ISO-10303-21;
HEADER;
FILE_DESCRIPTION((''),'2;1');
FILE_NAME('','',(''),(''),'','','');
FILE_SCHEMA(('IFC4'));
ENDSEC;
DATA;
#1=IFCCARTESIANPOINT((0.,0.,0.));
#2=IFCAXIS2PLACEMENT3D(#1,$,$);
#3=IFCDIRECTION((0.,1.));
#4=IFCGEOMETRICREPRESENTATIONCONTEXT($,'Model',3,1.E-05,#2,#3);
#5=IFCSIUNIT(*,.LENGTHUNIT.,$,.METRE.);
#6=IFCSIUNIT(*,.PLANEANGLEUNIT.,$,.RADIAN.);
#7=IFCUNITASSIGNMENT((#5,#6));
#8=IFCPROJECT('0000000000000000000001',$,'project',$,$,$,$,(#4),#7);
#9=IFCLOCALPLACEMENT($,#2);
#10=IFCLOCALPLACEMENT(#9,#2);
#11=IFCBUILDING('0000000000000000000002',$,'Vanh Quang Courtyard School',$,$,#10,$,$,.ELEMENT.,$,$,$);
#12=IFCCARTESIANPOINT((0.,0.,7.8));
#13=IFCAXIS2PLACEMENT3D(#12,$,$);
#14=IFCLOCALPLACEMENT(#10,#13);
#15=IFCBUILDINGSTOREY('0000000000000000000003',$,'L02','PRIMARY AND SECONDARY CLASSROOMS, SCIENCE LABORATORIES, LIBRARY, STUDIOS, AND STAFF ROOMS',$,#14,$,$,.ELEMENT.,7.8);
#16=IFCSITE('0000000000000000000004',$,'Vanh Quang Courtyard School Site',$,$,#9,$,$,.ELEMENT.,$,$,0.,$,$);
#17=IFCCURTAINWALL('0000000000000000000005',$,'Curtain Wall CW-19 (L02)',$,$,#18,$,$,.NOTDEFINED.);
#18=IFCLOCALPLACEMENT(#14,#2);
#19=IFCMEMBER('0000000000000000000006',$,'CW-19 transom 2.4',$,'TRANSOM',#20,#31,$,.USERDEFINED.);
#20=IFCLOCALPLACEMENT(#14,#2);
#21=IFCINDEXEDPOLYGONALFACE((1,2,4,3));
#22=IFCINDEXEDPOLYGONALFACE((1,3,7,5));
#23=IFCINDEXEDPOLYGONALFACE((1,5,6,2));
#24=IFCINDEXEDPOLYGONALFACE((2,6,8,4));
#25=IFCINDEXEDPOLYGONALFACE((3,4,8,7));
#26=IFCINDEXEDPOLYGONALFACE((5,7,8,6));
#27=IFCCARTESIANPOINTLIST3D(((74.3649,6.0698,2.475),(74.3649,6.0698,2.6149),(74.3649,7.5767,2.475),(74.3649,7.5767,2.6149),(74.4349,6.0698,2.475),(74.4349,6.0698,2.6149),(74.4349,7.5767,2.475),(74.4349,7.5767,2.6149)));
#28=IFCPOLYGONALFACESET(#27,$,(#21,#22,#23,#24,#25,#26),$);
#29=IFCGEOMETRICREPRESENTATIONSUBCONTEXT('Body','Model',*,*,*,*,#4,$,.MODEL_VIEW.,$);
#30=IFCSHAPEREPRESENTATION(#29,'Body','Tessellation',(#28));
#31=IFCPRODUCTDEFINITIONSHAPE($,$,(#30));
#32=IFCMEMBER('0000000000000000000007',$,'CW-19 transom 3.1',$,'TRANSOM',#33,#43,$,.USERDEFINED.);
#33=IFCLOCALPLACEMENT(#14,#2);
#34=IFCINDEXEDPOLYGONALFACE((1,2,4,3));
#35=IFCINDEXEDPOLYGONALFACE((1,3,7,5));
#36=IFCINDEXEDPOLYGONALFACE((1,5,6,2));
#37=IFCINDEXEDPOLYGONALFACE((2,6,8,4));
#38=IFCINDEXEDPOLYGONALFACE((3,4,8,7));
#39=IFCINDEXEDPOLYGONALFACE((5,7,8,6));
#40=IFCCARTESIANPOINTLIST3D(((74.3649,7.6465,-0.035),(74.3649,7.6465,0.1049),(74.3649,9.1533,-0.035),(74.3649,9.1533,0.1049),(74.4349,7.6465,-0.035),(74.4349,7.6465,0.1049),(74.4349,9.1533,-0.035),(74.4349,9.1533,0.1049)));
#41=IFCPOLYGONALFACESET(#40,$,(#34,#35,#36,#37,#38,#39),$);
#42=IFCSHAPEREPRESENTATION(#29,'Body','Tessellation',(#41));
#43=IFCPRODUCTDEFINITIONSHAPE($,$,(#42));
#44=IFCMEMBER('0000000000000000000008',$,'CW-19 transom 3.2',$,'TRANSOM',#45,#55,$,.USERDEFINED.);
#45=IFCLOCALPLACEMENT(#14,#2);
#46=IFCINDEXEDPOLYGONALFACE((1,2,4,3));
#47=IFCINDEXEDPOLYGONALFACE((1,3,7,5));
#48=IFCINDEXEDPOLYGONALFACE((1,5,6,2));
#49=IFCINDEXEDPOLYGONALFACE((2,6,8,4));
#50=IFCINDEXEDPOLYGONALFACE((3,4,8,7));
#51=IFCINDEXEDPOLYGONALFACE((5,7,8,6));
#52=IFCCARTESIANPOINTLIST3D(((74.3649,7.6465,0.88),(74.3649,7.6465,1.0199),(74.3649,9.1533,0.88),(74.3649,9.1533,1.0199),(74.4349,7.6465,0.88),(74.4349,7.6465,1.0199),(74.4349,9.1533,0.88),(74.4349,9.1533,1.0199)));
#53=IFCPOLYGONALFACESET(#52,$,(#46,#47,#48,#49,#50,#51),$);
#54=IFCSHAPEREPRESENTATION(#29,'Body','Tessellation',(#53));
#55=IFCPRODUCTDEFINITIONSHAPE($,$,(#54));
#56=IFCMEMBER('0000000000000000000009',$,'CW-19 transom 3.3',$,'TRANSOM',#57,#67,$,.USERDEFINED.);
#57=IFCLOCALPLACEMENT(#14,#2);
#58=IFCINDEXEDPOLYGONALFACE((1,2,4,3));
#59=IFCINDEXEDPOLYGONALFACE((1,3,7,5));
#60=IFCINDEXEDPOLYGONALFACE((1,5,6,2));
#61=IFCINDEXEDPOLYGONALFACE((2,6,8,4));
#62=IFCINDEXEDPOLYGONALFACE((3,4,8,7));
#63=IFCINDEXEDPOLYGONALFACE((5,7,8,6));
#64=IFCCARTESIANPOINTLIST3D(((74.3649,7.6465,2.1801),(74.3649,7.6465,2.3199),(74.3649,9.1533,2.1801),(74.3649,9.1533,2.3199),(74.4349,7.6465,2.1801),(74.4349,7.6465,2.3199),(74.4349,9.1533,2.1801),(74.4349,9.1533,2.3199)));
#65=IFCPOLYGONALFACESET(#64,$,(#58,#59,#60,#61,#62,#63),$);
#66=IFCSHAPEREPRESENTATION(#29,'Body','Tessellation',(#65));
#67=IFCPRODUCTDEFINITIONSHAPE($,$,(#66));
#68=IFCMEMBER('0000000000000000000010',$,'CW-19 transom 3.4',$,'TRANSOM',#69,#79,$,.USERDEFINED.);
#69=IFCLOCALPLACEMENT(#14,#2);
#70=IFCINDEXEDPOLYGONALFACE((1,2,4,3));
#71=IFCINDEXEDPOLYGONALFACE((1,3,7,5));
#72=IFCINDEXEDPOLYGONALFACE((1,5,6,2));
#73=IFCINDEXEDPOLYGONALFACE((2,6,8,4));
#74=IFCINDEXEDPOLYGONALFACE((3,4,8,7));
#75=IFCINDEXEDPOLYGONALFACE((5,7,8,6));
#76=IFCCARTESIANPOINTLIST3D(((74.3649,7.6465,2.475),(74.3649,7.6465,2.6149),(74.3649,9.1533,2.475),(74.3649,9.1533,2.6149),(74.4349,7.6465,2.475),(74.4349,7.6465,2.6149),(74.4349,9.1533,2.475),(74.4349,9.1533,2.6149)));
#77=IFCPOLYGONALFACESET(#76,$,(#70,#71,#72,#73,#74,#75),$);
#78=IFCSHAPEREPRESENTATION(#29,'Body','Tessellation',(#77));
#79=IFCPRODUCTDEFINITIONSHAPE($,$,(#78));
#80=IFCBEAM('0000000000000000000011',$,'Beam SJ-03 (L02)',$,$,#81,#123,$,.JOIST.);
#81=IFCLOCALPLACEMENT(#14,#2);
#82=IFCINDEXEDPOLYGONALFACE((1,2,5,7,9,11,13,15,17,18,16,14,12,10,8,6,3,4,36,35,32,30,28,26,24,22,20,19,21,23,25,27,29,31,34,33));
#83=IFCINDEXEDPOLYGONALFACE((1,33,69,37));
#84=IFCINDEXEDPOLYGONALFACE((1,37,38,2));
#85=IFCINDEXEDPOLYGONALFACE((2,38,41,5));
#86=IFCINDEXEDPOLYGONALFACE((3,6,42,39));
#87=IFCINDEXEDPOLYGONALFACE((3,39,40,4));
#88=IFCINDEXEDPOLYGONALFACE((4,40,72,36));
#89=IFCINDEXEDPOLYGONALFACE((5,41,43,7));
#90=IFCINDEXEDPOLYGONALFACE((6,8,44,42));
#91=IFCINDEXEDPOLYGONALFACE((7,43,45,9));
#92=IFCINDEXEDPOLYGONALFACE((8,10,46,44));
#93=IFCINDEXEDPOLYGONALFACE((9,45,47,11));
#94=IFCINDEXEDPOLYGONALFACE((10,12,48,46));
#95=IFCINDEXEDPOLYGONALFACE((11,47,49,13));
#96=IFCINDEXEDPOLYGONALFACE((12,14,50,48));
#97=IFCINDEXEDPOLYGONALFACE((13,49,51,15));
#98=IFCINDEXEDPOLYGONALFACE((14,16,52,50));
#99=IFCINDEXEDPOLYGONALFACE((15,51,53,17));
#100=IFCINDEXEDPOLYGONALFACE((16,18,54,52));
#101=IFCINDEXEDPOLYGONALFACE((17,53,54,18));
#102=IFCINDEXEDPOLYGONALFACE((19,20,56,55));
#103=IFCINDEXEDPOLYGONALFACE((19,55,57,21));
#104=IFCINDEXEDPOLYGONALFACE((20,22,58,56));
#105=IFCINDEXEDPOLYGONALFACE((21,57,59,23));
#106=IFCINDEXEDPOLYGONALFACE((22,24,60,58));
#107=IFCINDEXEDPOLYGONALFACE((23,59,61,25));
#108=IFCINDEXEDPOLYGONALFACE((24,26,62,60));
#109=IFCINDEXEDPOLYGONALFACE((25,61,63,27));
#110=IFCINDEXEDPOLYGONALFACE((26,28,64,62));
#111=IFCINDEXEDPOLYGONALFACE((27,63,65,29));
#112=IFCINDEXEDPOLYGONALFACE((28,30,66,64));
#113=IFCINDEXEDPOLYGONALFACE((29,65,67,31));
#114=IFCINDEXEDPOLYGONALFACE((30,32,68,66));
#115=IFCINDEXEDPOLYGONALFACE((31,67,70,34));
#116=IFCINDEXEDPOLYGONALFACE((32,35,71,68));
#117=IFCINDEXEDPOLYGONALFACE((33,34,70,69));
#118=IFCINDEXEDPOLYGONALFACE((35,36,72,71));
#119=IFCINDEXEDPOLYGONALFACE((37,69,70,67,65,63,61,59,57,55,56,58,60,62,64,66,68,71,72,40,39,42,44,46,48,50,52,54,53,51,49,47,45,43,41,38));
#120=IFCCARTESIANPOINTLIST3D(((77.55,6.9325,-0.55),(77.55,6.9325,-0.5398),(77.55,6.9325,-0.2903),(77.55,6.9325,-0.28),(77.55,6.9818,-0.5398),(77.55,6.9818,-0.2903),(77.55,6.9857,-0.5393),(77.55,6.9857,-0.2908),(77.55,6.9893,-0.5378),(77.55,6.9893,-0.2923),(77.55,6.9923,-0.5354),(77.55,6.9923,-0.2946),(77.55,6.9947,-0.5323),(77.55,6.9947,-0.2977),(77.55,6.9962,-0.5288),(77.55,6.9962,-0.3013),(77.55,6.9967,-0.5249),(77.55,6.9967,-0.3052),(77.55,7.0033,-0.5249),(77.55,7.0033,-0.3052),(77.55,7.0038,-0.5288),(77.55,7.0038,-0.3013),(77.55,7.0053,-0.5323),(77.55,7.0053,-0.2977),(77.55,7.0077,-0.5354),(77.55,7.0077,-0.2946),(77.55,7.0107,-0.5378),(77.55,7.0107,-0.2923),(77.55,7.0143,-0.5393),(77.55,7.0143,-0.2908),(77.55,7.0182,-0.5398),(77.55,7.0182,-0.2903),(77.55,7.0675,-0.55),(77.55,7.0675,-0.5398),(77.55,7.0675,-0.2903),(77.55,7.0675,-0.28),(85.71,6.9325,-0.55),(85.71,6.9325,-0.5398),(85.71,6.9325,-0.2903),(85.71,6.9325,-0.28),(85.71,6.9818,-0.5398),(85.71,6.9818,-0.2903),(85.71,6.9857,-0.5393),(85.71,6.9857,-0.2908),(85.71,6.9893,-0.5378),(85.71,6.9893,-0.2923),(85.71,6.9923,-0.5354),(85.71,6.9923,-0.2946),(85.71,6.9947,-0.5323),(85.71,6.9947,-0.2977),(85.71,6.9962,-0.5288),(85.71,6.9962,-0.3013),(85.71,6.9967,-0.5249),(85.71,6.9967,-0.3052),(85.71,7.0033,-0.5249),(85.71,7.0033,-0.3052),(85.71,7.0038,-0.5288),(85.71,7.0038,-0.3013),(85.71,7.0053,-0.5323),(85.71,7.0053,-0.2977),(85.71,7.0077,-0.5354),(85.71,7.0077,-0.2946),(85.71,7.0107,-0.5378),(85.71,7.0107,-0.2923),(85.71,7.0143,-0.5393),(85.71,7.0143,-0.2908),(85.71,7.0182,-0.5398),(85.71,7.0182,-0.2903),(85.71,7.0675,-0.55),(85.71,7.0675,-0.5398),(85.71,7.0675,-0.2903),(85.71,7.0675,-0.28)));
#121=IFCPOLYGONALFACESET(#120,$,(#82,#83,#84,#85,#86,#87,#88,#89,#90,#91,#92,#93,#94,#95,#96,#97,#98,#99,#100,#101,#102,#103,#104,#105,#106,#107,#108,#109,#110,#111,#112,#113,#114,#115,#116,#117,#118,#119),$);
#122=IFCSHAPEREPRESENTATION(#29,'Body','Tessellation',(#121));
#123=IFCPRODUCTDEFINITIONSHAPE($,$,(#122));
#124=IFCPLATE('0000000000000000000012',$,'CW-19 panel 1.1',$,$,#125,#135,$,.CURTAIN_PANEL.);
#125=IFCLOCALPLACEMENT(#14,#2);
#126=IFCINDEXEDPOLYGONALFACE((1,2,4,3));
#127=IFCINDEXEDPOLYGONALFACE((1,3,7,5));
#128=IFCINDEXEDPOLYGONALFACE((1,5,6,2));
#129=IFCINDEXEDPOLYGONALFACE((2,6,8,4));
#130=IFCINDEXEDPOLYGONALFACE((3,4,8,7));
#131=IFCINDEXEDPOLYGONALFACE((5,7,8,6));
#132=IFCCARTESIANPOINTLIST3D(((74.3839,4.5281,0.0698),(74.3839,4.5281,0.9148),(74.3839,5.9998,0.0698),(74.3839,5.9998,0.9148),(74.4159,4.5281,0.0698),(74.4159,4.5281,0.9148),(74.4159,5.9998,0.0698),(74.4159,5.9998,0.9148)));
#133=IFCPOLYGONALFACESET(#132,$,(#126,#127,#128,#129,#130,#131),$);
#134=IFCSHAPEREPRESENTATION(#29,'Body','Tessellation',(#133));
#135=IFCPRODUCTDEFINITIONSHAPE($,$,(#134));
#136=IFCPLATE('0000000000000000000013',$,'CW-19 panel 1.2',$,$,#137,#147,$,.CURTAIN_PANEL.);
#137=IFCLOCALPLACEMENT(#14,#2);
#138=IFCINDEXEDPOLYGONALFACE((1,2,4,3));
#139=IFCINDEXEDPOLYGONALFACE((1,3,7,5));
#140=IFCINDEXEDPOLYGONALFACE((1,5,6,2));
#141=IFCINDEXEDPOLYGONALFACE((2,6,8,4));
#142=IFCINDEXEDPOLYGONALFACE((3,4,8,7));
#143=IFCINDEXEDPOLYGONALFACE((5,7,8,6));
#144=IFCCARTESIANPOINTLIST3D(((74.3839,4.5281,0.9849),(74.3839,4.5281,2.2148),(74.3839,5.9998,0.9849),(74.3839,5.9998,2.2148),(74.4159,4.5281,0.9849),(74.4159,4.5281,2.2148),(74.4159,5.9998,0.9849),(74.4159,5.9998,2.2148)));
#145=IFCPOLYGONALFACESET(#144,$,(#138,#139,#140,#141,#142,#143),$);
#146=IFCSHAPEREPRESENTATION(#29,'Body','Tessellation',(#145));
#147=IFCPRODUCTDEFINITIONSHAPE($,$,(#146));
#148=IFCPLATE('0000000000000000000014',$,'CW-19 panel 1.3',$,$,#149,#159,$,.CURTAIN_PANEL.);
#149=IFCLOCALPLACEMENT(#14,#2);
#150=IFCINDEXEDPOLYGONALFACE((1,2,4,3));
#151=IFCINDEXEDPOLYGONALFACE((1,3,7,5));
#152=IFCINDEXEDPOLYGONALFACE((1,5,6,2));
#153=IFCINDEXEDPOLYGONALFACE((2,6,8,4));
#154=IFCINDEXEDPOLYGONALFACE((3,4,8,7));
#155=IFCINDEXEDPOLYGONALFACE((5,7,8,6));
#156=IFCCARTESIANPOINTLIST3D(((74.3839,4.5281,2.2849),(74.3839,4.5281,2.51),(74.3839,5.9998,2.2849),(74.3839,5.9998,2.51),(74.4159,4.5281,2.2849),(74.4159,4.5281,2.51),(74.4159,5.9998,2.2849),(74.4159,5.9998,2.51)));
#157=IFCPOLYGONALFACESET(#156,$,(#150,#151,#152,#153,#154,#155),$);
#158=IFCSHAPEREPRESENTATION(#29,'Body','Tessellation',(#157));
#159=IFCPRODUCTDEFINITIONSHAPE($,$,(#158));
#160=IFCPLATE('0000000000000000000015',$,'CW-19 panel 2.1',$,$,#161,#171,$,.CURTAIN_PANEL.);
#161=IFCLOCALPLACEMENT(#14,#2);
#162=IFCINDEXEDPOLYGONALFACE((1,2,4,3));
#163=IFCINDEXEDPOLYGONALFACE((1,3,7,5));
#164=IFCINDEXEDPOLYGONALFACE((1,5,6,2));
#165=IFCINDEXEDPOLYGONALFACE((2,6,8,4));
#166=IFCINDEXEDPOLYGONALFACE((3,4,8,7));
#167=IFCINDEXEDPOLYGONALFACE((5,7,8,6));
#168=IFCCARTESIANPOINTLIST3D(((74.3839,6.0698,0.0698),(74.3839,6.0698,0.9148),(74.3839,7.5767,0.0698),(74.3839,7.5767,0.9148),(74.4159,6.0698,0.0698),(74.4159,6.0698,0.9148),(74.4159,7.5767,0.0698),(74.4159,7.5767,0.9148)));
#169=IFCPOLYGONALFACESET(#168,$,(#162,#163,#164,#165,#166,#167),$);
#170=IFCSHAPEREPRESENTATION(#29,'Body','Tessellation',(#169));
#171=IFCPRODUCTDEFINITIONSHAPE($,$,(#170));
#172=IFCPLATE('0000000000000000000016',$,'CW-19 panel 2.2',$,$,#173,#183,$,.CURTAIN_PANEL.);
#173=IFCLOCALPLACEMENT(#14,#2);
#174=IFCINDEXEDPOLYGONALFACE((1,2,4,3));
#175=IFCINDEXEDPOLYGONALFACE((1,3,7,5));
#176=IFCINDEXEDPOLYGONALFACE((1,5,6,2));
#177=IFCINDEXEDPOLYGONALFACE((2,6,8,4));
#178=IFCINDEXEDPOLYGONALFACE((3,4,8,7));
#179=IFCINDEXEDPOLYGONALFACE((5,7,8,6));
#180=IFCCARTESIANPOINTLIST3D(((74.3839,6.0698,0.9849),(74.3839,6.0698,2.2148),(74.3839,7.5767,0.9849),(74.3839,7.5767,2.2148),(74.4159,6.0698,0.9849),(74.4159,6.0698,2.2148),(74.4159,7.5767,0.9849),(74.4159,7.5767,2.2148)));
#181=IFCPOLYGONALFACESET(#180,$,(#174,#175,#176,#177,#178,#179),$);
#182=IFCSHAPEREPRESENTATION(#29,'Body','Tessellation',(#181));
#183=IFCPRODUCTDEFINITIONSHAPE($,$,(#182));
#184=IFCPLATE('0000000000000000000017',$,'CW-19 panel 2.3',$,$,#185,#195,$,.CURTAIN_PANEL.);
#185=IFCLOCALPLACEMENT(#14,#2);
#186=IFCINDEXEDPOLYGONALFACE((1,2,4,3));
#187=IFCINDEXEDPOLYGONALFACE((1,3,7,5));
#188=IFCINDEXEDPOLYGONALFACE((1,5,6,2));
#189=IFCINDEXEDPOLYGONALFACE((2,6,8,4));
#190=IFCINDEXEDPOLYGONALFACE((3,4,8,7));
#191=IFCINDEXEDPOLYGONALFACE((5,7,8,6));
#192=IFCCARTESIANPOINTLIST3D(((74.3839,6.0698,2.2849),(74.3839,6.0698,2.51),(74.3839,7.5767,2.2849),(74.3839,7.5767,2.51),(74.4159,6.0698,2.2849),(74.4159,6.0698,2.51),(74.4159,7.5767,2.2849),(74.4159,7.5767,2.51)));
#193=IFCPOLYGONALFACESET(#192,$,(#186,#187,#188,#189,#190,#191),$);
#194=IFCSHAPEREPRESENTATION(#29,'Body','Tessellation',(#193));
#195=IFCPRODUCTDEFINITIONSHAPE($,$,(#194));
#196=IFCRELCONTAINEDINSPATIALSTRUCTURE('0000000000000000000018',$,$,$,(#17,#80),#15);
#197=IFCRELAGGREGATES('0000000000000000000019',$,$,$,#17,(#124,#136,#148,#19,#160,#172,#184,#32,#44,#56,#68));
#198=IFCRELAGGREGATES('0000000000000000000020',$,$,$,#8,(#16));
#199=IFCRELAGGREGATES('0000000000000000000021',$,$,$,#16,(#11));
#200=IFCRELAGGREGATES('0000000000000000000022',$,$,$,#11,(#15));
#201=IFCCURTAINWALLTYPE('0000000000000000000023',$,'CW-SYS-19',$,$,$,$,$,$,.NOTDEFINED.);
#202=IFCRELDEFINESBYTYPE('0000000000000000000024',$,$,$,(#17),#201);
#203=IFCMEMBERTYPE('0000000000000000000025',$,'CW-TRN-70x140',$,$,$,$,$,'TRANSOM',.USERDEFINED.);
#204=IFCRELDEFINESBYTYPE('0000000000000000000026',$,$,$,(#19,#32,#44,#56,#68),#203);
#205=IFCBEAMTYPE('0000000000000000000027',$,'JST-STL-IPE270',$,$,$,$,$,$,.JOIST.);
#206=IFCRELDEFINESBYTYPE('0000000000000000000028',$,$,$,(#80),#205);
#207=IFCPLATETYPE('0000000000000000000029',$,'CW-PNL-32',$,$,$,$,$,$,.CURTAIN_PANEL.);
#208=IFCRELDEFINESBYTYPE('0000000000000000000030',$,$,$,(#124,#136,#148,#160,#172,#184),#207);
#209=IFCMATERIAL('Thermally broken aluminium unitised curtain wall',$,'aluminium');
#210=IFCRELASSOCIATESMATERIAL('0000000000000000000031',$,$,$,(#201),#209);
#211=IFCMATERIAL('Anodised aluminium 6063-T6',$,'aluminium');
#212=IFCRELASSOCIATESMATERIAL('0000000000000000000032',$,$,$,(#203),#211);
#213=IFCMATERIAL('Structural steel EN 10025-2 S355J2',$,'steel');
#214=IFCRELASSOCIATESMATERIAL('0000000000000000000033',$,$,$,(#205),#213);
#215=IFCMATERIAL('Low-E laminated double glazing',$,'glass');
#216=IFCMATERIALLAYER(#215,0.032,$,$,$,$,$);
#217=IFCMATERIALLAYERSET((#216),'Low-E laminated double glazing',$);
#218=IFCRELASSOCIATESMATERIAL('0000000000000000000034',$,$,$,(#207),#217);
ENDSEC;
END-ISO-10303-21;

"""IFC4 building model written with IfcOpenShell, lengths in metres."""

from ifc_helpers import new_model, si_unit, direction, frame, origin, origin_2d, place, context, subcontext, project, spatial, rectangle, i_section, extrude, material, layer, layer_set, material_profile, profile_set, type_object, element, aggregate, save


model = new_model("IFC4")

# Units and contexts
model_context = context("Model", 3, precision=1e-05, world=origin(), true_north=direction((0.0, 1.0)))
body_context = subcontext(model_context, "Body", "Model", "MODEL_VIEW")
ifc_project = project(units=[si_unit("LENGTHUNIT", "METRE"), si_unit("PLANEANGLEUNIT", "RADIAN")], contexts=[model_context])

# Site, building, storey
site_placement = place(None, origin())
site = spatial("IfcSite", under=ifc_project, at=site_placement, Name="Vanh Quang Courtyard School Site", CompositionType="ELEMENT", RefElevation=0.0)
building_placement = place(site_placement, origin())
building = spatial("IfcBuilding", under=site, at=building_placement, Name="Vanh Quang Courtyard School", CompositionType="ELEMENT")
storey_placement = place(building_placement, frame((0.0, 0.0, 7.8)))
storey = spatial("IfcBuildingStorey", under=building, at=storey_placement, Name="L02", Description="PRIMARY AND SECONDARY CLASSROOMS, SCIENCE LABORATORIES, LIBRARY, STUDIOS, AND STAFF ROOMS", CompositionType="ELEMENT", Elevation=7.8)

# Shared definitions
ifc_material_1 = material(Name="Thermally broken aluminium unitised curtain wall", Category="aluminium")
curtain_wall_type = type_object("IfcCurtainWallType", Name="CW-SYS-19", PredefinedType="NOTDEFINED", material=ifc_material_1)
ifc_material_2 = material(Name="Anodised aluminium 6063-T6", Category="aluminium")

# Curtain wall
curtain_wall_1_placement = place(storey_placement, origin())
curtain_wall_1 = element("IfcCurtainWall", 1, at=curtain_wall_1_placement, inside=storey, type_object=curtain_wall_type, Name="Curtain Wall CW-19 (L02)", PredefinedType="NOTDEFINED")

# Members
ifc_material_profile_1 = material_profile(ifc_material_2, rectangle(XDim=0.0701, YDim=0.1399, at=origin_2d()), Name="ALU-TRN 70x140")
ifc_profile_set_1 = profile_set([ifc_material_profile_1], Name="Anodised aluminium 6063-T6")
member_type_1 = type_object("IfcMemberType", Name="CW-TRN-70x140", ElementType="TRANSOM", PredefinedType="USERDEFINED", material=ifc_profile_set_1)
member_1_placement = place(storey_placement, frame((74.3999, 6.0698, 2.5449), z_axis=(0.0, 1.0, 0.0), x_axis=(-1.0, 0.0, 0.0)))
member_1 = element("IfcMember", 2, at=member_1_placement, type_object=member_type_1, Name="CW-19 transom 2.4", ObjectType="TRANSOM", PredefinedType="USERDEFINED", context=body_context, shape_type="SweptSolid", body=[
    extrude(rectangle(XDim=0.0701, YDim=0.1399, at=origin_2d()), origin(), (0.0, 0.0, 1.0), 1.5068),
])
member_2_placement = place(storey_placement, frame((74.3999, 7.6465, 0.0349), z_axis=(0.0, 1.0, 0.0), x_axis=(-1.0, 0.0, 0.0)))
member_2 = element("IfcMember", 3, at=member_2_placement, type_object=member_type_1, Name="CW-19 transom 3.1", ObjectType="TRANSOM", PredefinedType="USERDEFINED", context=body_context, shape_type="SweptSolid", body=[
    extrude(rectangle(XDim=0.0701, YDim=0.1399, at=origin_2d()), origin(), (0.0, 0.0, 1.0), 1.5068),
])
member_3_placement = place(storey_placement, frame((74.3999, 7.6465, 0.95), z_axis=(0.0, 1.0, 0.0), x_axis=(-1.0, 0.0, 0.0)))
member_3 = element("IfcMember", 4, at=member_3_placement, type_object=member_type_1, Name="CW-19 transom 3.2", ObjectType="TRANSOM", PredefinedType="USERDEFINED", context=body_context, shape_type="SweptSolid", body=[
    extrude(rectangle(XDim=0.0701, YDim=0.1399, at=origin_2d()), origin(), (0.0, 0.0, 1.0), 1.5068),
])
member_4_placement = place(storey_placement, frame((74.3999, 7.6465, 2.25), z_axis=(0.0, 1.0, 0.0), x_axis=(-1.0, 0.0, 0.0)))
member_4 = element("IfcMember", 5, at=member_4_placement, type_object=member_type_1, Name="CW-19 transom 3.3", ObjectType="TRANSOM", PredefinedType="USERDEFINED", context=body_context, shape_type="SweptSolid", body=[
    extrude(rectangle(XDim=0.0701, YDim=0.1399, at=origin_2d()), origin(), (0.0, 0.0, 1.0), 1.5068),
])
member_5_placement = place(storey_placement, frame((74.3999, 7.6465, 2.5449), z_axis=(0.0, 1.0, 0.0), x_axis=(-1.0, 0.0, 0.0)))
member_5 = element("IfcMember", 6, at=member_5_placement, type_object=member_type_1, Name="CW-19 transom 3.4", ObjectType="TRANSOM", PredefinedType="USERDEFINED", context=body_context, shape_type="SweptSolid", body=[
    extrude(rectangle(XDim=0.0701, YDim=0.1399, at=origin_2d()), origin(), (0.0, 0.0, 1.0), 1.5068),
])

# Beam
ifc_material_3 = material(Name="Structural steel EN 10025-2 S355J2", Category="steel")
ifc_material_profile_2 = material_profile(ifc_material_3, i_section(OverallWidth=0.135, OverallDepth=0.27, WebThickness=0.0066, FlangeThickness=0.0103, FilletRadius=0.0149, at=origin_2d()), Name="IPE 270")
ifc_profile_set_2 = profile_set([ifc_material_profile_2], Name="Structural steel EN 10025-2 S355J2")
beam_type = type_object("IfcBeamType", Name="JST-STL-IPE270", PredefinedType="JOIST", material=ifc_profile_set_2)
beam_placement = place(storey_placement, frame((77.55, 7.0, -0.415), z_axis=(1.0, 0.0, 0.0), x_axis=(0.0, 1.0, 0.0)))
element("IfcBeam", 7, at=beam_placement, inside=storey, type_object=beam_type, Name="Beam SJ-03 (L02)", PredefinedType="JOIST", context=body_context, shape_type="SweptSolid", body=[
    extrude(i_section(OverallWidth=0.135, OverallDepth=0.27, WebThickness=0.0066, FlangeThickness=0.0103, FilletRadius=0.0149, at=origin_2d()), origin(), (0.0, 0.0, 1.0), 8.1599),
])

# Plates
ifc_material_4 = material(Name="Low-E laminated double glazing", Category="glass")
ifc_layer = layer(ifc_material_4, 0.032)
ifc_layer_set = layer_set([ifc_layer], Name="Low-E laminated double glazing")
plate_type = type_object("IfcPlateType", Name="CW-PNL-32", PredefinedType="CURTAIN_PANEL", material=ifc_layer_set)
plate_1_placement = place(storey_placement, frame((74.3999, 5.2639, 0.0698), z_axis=(0.0, 0.0, 1.0), x_axis=(0.0, 1.0, 0.0)))
plate_1 = element("IfcPlate", 8, at=plate_1_placement, type_object=plate_type, Name="CW-19 panel 1.1", PredefinedType="CURTAIN_PANEL", context=body_context, shape_type="SweptSolid", body=[
    extrude(rectangle(XDim=1.4717, YDim=0.032, at=origin_2d()), origin(), (0.0, 0.0, 1.0), 0.845),
])
plate_2_placement = place(storey_placement, frame((74.3999, 5.2639, 0.9849), z_axis=(0.0, 0.0, 1.0), x_axis=(0.0, 1.0, 0.0)))
plate_2 = element("IfcPlate", 9, at=plate_2_placement, type_object=plate_type, Name="CW-19 panel 1.2", PredefinedType="CURTAIN_PANEL", context=body_context, shape_type="SweptSolid", body=[
    extrude(rectangle(XDim=1.4717, YDim=0.032, at=origin_2d()), origin(), (0.0, 0.0, 1.0), 1.23),
])
plate_3_placement = place(storey_placement, frame((74.3999, 5.2639, 2.2849), z_axis=(0.0, 0.0, 1.0), x_axis=(0.0, 1.0, 0.0)))
plate_3 = element("IfcPlate", 10, at=plate_3_placement, type_object=plate_type, Name="CW-19 panel 1.3", PredefinedType="CURTAIN_PANEL", context=body_context, shape_type="SweptSolid", body=[
    extrude(rectangle(XDim=1.4717, YDim=0.032, at=origin_2d()), origin(), (0.0, 0.0, 1.0), 0.2251),
])
plate_4_placement = place(storey_placement, frame((74.3999, 6.8232, 0.0698), z_axis=(0.0, 0.0, 1.0), x_axis=(0.0, 1.0, 0.0)))
plate_4 = element("IfcPlate", 11, at=plate_4_placement, type_object=plate_type, Name="CW-19 panel 2.1", PredefinedType="CURTAIN_PANEL", context=body_context, shape_type="SweptSolid", body=[
    extrude(rectangle(XDim=1.5068, YDim=0.032, at=origin_2d()), origin(), (0.0, 0.0, 1.0), 0.845),
])
plate_5_placement = place(storey_placement, frame((74.3999, 6.8232, 0.9849), z_axis=(0.0, 0.0, 1.0), x_axis=(0.0, 1.0, 0.0)))
plate_5 = element("IfcPlate", 12, at=plate_5_placement, type_object=plate_type, Name="CW-19 panel 2.2", PredefinedType="CURTAIN_PANEL", context=body_context, shape_type="SweptSolid", body=[
    extrude(rectangle(XDim=1.5068, YDim=0.032, at=origin_2d()), origin(), (0.0, 0.0, 1.0), 1.23),
])
plate_6_placement = place(storey_placement, frame((74.3999, 6.8232, 2.2849), z_axis=(0.0, 0.0, 1.0), x_axis=(0.0, 1.0, 0.0)))
plate_6 = element("IfcPlate", 13, at=plate_6_placement, type_object=plate_type, Name="CW-19 panel 2.3", PredefinedType="CURTAIN_PANEL", context=body_context, shape_type="SweptSolid", body=[
    extrude(rectangle(XDim=1.5068, YDim=0.032, at=origin_2d()), origin(), (0.0, 0.0, 1.0), 0.2251),
])
aggregate(curtain_wall_1, [plate_1, plate_2, plate_3, member_1, plate_4, plate_5, plate_6, member_2, member_3, member_4, member_5])

save(model, "model.ifc")
